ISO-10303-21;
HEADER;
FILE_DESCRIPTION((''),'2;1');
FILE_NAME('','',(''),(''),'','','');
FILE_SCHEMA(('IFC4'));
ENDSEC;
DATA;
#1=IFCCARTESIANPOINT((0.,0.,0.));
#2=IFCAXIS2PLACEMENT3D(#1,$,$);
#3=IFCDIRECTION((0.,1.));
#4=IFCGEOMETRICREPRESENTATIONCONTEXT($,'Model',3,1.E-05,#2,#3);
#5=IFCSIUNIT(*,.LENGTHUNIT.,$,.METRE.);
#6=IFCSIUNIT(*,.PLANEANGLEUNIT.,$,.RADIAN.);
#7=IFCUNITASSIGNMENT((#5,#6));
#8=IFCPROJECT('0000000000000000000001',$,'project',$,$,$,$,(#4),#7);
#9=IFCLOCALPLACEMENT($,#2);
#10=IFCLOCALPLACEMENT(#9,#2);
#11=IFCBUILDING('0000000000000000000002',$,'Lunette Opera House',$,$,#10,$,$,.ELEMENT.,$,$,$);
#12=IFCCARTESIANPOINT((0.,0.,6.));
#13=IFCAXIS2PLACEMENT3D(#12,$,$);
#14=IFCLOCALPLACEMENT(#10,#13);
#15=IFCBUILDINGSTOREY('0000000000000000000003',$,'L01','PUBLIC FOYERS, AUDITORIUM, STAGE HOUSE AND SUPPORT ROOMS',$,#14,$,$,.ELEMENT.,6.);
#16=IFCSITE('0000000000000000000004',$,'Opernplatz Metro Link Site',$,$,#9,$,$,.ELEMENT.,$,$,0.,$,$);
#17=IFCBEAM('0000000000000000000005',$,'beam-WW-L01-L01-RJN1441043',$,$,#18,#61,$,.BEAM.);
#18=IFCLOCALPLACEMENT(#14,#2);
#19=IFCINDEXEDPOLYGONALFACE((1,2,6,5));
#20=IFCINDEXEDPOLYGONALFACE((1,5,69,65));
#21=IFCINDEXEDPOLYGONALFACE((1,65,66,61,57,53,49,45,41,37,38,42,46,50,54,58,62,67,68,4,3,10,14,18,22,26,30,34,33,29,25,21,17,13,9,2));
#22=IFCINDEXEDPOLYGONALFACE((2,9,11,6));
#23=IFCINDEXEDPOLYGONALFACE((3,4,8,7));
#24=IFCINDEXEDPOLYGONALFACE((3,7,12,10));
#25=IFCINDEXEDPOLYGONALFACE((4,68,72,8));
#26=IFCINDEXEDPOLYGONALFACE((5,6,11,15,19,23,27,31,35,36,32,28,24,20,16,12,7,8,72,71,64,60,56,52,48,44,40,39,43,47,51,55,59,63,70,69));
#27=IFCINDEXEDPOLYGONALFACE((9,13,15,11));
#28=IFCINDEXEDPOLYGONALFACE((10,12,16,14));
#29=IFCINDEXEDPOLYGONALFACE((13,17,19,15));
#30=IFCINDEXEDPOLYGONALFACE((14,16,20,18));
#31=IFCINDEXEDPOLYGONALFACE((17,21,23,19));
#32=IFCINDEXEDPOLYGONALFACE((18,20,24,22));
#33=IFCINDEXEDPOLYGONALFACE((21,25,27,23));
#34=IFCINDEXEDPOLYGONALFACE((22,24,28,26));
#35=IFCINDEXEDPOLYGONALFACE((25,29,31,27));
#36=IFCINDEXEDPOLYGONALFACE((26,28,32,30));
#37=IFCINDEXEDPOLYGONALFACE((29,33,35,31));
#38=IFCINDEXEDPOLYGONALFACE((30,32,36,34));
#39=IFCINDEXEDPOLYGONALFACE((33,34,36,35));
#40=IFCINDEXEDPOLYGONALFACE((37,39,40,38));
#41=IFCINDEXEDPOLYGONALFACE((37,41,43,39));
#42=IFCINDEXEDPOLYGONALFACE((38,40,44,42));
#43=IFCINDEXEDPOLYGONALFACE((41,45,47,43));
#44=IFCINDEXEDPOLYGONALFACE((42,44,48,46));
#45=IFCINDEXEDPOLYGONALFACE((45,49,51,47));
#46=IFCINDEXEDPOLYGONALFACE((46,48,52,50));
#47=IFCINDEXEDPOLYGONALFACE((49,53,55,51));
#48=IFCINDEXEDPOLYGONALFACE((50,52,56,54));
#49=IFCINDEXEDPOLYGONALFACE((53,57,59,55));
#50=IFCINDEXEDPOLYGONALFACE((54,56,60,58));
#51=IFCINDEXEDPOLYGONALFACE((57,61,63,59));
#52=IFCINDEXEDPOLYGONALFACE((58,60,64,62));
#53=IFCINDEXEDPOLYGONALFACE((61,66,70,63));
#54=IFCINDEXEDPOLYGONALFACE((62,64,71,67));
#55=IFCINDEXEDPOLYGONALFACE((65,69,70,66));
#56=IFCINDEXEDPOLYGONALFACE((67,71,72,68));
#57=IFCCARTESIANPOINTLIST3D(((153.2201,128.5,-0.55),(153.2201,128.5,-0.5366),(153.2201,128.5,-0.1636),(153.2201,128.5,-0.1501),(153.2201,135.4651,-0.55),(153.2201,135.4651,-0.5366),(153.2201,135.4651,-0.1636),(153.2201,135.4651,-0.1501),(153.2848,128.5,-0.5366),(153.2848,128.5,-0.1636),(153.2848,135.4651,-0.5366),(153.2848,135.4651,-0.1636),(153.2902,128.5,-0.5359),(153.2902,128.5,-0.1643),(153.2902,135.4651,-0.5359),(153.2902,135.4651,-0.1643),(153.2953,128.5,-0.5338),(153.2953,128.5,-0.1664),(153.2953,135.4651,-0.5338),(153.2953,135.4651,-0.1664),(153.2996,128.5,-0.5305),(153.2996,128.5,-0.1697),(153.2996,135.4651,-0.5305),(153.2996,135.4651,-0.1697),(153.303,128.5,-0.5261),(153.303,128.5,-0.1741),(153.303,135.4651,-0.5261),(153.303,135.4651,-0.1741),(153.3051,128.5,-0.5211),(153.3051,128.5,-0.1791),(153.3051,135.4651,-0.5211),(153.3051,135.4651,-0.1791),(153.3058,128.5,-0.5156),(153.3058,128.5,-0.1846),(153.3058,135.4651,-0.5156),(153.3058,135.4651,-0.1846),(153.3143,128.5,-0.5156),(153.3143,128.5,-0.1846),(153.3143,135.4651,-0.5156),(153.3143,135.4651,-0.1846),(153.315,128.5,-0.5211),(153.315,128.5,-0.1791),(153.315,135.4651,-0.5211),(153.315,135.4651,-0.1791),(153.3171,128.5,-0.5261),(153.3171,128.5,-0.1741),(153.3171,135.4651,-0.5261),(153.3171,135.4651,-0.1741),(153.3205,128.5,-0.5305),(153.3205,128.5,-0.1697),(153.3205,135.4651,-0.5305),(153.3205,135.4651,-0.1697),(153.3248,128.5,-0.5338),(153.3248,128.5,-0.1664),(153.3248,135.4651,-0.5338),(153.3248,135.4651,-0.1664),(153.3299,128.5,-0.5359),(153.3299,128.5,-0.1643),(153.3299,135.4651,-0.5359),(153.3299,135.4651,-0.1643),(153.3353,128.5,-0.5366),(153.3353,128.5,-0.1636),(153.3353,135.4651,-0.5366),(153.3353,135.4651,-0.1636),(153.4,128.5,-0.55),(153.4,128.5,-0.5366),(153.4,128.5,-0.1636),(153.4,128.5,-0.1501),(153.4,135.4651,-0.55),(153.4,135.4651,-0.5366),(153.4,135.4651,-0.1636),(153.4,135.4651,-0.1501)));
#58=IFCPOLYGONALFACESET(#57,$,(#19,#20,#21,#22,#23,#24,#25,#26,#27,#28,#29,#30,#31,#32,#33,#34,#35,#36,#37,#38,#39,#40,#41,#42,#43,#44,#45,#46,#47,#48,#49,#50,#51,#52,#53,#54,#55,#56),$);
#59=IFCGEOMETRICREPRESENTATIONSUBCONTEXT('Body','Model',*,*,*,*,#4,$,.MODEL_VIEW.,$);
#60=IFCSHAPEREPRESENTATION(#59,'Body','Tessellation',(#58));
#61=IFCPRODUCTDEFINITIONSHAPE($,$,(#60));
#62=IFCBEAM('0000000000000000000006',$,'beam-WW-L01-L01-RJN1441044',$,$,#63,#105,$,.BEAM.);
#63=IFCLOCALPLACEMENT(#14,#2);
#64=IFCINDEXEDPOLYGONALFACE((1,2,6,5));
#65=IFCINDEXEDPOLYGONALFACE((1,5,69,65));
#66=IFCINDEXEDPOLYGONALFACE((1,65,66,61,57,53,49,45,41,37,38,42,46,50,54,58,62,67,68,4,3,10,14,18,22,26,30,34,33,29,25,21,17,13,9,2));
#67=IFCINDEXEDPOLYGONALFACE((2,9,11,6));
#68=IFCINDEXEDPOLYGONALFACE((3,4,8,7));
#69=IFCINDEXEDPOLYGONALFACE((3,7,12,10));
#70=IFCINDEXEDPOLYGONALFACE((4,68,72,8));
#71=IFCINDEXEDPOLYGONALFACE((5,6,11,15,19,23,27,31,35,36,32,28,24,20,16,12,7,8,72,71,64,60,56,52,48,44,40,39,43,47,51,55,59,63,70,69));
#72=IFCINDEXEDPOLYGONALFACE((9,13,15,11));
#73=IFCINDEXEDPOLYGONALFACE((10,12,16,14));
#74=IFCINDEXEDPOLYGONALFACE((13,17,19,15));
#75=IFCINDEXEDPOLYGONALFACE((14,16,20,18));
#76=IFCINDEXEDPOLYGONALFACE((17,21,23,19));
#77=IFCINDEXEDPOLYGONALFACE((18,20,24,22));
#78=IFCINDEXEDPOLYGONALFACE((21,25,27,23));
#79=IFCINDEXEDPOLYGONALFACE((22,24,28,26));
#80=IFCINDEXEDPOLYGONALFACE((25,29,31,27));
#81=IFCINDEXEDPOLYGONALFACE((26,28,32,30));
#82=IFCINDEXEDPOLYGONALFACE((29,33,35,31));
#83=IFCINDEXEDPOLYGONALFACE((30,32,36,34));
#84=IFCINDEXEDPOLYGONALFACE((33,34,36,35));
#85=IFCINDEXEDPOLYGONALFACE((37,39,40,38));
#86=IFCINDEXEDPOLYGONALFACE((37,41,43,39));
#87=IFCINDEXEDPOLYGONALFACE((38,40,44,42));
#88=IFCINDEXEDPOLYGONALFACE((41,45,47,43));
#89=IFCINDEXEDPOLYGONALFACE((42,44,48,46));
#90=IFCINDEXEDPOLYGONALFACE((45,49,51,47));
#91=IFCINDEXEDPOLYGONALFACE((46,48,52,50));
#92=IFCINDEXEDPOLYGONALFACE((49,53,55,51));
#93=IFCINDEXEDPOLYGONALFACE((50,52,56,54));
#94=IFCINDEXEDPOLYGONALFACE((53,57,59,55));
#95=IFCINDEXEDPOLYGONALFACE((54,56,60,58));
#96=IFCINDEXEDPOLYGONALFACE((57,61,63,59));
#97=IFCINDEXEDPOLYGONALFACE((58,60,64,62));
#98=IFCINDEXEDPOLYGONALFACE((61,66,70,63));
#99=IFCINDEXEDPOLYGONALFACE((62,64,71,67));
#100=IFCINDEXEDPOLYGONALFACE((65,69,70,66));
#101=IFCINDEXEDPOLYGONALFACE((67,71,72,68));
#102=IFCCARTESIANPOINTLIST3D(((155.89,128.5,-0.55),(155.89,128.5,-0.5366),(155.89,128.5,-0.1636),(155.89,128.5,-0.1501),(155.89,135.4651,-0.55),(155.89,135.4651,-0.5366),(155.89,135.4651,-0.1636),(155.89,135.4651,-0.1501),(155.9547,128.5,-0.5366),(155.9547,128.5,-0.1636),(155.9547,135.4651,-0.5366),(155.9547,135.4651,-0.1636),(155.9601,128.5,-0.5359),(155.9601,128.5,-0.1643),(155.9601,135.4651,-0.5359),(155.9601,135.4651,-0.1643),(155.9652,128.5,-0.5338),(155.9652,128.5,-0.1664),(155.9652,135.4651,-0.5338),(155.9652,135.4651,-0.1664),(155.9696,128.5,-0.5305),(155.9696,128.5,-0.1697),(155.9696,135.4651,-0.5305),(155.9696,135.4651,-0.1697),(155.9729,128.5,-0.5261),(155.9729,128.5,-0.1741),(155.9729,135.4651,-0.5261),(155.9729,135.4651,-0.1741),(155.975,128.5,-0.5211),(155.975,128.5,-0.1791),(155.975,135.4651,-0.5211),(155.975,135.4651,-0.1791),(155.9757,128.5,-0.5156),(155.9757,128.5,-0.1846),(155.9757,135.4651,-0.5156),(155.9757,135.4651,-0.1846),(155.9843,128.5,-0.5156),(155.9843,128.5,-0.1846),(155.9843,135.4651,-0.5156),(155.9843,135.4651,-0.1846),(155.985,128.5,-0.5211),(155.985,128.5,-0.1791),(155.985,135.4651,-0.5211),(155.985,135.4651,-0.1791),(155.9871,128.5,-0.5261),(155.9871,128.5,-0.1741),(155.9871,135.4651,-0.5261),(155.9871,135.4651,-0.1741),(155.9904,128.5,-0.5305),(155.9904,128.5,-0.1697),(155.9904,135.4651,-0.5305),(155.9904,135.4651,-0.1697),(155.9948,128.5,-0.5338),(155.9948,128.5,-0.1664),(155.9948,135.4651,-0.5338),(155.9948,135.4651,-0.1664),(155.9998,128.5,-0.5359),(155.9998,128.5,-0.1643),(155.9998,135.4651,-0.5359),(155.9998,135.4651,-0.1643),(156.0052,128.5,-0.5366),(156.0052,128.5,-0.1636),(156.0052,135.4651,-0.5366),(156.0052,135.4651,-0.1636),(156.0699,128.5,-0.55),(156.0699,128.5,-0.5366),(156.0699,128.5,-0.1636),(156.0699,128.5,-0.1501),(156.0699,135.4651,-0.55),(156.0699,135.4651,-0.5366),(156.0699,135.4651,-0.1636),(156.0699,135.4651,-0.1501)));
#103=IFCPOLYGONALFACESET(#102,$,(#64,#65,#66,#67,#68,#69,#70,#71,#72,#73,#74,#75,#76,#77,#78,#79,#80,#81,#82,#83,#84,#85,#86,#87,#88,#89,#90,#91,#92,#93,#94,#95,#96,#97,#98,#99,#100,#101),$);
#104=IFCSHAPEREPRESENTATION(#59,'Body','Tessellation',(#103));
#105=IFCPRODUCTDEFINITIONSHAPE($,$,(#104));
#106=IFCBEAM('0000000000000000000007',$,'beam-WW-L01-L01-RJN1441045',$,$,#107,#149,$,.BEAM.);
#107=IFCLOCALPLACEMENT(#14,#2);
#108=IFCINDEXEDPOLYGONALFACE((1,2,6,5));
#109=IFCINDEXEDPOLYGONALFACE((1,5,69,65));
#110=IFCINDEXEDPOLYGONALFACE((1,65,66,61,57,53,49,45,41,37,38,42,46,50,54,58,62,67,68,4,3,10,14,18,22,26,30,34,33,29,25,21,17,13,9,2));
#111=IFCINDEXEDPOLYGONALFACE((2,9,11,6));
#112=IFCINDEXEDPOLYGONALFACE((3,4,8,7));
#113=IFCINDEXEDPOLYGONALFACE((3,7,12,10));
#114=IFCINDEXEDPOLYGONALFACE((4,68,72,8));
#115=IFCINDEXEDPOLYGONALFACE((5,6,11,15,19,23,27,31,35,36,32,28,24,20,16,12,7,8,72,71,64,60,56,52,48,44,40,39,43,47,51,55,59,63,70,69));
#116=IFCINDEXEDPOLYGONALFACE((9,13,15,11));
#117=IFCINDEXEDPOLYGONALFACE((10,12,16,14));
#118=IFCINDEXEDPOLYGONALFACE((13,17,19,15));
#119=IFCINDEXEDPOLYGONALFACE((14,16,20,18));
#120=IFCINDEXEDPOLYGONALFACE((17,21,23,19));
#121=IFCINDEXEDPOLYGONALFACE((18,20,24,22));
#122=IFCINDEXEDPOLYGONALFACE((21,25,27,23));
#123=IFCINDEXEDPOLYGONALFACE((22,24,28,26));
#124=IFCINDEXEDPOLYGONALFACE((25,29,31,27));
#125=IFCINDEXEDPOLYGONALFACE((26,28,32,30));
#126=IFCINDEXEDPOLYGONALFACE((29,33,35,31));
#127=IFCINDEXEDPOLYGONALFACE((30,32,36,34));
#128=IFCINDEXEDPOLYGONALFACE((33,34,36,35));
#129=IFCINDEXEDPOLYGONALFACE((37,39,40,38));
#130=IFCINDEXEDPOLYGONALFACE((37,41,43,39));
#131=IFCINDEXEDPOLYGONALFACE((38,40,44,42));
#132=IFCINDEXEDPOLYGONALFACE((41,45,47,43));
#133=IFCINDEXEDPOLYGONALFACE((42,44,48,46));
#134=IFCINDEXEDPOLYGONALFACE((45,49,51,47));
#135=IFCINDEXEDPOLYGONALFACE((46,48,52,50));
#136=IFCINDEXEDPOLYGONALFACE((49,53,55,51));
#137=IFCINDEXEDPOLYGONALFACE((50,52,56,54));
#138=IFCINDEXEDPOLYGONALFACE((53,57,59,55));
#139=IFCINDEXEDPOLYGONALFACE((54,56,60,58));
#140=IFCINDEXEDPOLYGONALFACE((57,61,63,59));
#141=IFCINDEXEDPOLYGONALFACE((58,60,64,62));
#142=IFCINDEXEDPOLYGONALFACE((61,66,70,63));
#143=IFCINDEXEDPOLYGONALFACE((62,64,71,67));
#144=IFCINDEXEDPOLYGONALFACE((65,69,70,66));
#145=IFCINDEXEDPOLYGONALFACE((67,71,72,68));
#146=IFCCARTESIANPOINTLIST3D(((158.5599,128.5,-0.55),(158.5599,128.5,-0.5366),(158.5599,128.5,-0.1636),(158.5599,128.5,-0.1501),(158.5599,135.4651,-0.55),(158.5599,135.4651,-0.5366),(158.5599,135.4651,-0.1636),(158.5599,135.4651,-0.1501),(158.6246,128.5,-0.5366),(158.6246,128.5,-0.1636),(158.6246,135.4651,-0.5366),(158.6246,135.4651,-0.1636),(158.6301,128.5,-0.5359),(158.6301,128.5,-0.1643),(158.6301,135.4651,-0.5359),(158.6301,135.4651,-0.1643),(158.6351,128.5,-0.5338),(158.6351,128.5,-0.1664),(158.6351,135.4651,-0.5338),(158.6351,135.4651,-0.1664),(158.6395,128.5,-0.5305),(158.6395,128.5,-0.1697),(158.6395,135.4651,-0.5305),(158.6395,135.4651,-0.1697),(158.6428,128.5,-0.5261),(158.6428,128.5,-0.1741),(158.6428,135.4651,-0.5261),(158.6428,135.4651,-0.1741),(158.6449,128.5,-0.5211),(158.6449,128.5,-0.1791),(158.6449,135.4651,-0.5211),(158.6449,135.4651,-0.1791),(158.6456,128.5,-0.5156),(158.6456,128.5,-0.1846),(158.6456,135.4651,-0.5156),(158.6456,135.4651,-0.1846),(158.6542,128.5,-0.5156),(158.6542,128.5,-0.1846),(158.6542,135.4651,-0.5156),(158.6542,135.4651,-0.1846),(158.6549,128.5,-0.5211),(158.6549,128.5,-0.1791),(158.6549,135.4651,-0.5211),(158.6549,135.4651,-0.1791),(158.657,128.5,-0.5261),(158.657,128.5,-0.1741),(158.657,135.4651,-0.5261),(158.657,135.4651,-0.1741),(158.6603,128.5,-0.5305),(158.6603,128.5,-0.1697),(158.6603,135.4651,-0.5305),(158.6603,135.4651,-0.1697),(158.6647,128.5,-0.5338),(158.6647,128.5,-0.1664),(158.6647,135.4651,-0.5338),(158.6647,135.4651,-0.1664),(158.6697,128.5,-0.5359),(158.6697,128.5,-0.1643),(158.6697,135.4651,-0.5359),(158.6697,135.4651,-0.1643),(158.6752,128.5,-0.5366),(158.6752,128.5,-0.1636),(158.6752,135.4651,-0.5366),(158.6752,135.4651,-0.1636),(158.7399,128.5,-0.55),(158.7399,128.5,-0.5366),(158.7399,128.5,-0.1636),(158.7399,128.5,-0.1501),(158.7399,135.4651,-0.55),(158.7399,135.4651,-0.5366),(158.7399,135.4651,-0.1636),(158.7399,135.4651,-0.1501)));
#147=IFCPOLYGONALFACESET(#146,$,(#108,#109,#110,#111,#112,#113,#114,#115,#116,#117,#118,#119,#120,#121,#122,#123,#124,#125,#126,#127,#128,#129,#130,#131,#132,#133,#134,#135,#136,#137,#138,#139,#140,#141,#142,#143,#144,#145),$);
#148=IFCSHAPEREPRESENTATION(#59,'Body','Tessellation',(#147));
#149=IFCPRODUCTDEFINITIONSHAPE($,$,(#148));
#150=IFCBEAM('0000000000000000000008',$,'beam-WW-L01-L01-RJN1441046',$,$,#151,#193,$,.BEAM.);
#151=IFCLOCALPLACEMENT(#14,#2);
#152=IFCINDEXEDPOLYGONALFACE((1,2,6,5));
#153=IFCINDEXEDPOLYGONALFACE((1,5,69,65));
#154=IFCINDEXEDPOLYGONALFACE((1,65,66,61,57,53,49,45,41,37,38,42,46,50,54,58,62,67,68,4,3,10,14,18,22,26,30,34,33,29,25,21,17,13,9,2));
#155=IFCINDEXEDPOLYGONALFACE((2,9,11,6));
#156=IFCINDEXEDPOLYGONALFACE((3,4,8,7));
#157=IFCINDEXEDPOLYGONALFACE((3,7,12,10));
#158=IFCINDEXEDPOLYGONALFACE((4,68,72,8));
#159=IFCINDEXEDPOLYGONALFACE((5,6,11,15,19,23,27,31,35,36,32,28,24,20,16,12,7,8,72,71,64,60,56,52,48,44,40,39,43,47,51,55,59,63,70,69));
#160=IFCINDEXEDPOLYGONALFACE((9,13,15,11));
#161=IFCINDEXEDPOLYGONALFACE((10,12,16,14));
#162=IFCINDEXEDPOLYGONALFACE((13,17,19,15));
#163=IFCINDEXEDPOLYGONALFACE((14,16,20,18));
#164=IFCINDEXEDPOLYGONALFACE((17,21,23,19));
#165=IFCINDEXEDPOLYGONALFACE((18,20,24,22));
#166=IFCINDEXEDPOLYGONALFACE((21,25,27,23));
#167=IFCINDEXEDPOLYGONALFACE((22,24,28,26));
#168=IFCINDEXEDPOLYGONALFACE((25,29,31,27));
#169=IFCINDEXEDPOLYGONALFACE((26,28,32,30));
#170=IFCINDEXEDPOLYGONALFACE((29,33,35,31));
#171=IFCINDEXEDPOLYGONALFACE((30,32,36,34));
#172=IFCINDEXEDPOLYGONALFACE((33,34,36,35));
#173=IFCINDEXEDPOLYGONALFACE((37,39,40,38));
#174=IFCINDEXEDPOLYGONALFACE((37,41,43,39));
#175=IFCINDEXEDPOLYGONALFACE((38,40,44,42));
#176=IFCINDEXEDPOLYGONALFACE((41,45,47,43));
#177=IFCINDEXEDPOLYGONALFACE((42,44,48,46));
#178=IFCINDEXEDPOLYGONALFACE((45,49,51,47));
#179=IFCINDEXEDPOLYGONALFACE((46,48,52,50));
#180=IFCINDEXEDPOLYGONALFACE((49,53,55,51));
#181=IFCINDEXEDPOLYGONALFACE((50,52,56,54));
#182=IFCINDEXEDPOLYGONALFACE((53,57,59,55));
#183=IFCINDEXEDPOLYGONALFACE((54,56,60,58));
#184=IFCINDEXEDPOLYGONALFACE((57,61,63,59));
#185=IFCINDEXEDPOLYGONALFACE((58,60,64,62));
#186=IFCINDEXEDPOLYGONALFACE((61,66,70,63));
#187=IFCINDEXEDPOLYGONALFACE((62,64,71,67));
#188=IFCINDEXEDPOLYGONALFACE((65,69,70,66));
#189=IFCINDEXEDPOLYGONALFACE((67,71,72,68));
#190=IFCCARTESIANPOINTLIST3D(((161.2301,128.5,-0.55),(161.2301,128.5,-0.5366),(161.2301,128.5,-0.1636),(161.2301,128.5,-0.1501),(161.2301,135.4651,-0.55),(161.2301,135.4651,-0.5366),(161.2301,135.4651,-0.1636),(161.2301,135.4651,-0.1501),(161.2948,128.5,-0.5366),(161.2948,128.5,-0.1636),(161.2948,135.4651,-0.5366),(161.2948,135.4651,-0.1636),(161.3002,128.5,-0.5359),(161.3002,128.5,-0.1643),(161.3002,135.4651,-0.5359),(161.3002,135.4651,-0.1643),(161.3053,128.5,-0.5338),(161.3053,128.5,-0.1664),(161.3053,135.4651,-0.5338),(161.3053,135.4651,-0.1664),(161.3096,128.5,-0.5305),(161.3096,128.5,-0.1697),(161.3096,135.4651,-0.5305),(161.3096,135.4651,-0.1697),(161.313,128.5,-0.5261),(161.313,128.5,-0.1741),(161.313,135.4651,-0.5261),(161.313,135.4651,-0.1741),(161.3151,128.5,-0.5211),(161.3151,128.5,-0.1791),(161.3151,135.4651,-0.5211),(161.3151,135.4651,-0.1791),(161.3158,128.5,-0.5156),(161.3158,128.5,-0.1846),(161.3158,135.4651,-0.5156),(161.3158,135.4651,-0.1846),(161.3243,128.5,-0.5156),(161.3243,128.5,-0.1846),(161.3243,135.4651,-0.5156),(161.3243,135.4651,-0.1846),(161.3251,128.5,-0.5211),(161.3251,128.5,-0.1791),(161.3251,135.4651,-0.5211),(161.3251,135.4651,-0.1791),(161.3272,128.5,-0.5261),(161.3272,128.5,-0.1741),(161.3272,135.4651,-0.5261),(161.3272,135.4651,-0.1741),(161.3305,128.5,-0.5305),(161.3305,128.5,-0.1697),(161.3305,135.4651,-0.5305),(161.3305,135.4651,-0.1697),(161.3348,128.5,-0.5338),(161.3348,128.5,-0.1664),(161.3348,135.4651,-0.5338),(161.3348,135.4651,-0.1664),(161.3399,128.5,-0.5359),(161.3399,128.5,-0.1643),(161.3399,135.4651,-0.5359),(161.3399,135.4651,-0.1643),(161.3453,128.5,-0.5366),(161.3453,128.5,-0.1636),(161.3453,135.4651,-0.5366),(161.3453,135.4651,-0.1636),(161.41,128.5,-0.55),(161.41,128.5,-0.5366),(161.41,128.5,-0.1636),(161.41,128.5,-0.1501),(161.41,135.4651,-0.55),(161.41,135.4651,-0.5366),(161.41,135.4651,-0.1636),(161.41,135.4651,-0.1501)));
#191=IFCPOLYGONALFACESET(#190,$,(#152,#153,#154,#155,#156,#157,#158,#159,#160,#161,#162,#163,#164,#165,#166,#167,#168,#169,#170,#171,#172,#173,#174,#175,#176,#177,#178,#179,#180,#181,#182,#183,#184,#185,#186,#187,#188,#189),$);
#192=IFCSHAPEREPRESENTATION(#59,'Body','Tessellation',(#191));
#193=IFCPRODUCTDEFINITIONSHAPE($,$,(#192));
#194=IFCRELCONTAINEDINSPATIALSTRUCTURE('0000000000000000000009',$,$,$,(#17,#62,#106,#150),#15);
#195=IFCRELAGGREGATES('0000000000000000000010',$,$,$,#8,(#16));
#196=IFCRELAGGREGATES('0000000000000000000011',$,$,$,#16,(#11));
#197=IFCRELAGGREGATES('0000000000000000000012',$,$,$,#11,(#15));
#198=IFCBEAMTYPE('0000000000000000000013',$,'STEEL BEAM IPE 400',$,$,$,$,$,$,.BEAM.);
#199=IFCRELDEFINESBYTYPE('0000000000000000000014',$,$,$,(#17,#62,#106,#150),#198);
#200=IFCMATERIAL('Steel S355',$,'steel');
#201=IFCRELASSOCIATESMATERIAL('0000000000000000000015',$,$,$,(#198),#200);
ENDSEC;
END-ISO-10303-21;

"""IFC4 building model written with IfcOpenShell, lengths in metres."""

from ifc_helpers import new_model, si_unit, direction, frame, origin, origin_2d, place, context, subcontext, project, spatial, i_section, extrude, material, material_profile, profile_set, type_object, element, save


model = new_model("IFC4")

# Units and contexts
model_context = context("Model", 3, precision=1e-05, world=origin(), true_north=direction((0.0, 1.0)))
body_context = subcontext(model_context, "Body", "Model", "MODEL_VIEW")
ifc_project = project(units=[si_unit("LENGTHUNIT", "METRE"), si_unit("PLANEANGLEUNIT", "RADIAN")], contexts=[model_context])

# Site, building, storey
site_placement = place(None, origin())
site = spatial("IfcSite", under=ifc_project, at=site_placement, Name="Opernplatz Metro Link Site", CompositionType="ELEMENT", RefElevation=0.0)
building_placement = place(site_placement, origin())
building = spatial("IfcBuilding", under=site, at=building_placement, Name="Lunette Opera House", CompositionType="ELEMENT")
storey_placement = place(building_placement, frame((0.0, 0.0, 6.0)))
storey = spatial("IfcBuildingStorey", under=building, at=storey_placement, Name="L01", Description="PUBLIC FOYERS, AUDITORIUM, STAGE HOUSE AND SUPPORT ROOMS", CompositionType="ELEMENT", Elevation=6.0)

# Beams
ifc_material_1 = material(Name="Steel S355", Category="steel")
ifc_material_profile_1 = material_profile(ifc_material_1, i_section(OverallWidth=0.1799, OverallDepth=0.3999, WebThickness=0.0085, FlangeThickness=0.0134, FilletRadius=0.021, at=origin_2d()), Name="IPE 400")
ifc_profile_set_1 = profile_set([ifc_material_profile_1], Name="Steel S355")
beam_type_1 = type_object("IfcBeamType", Name="STEEL BEAM IPE 400", PredefinedType="BEAM", material=ifc_profile_set_1)
for number, where, z_axis, x_axis, name in (
    (1, (153.3101, 128.5, -0.3501), (0.0, 1.0, 0.0), (-1.0, 0.0, 0.0), "beam-WW-L01-L01-RJN1441043"),
    (2, (155.98, 128.5, -0.3501), (0.0, 1.0, 0.0), (-1.0, 0.0, 0.0), "beam-WW-L01-L01-RJN1441044"),
    (3, (158.6499, 128.5, -0.3501), (0.0, 1.0, 0.0), (-1.0, 0.0, 0.0), "beam-WW-L01-L01-RJN1441045"),
    (4, (161.3201, 128.5, -0.3501), (0.0, 1.0, 0.0), (-1.0, 0.0, 0.0), "beam-WW-L01-L01-RJN1441046"),
):
    element("IfcBeam", number, at=place(storey_placement, frame(where, z_axis=z_axis, x_axis=x_axis)), inside=storey, type_object=beam_type_1, Name=name, PredefinedType="BEAM", context=body_context, shape_type="SweptSolid", body=[
        extrude(i_section(OverallWidth=0.1799, OverallDepth=0.3999, WebThickness=0.0085, FlangeThickness=0.0134, FilletRadius=0.021, at=origin_2d()), origin(), (0.0, 0.0, 1.0), 6.9651),
    ])

save(model, "model.ifc")
